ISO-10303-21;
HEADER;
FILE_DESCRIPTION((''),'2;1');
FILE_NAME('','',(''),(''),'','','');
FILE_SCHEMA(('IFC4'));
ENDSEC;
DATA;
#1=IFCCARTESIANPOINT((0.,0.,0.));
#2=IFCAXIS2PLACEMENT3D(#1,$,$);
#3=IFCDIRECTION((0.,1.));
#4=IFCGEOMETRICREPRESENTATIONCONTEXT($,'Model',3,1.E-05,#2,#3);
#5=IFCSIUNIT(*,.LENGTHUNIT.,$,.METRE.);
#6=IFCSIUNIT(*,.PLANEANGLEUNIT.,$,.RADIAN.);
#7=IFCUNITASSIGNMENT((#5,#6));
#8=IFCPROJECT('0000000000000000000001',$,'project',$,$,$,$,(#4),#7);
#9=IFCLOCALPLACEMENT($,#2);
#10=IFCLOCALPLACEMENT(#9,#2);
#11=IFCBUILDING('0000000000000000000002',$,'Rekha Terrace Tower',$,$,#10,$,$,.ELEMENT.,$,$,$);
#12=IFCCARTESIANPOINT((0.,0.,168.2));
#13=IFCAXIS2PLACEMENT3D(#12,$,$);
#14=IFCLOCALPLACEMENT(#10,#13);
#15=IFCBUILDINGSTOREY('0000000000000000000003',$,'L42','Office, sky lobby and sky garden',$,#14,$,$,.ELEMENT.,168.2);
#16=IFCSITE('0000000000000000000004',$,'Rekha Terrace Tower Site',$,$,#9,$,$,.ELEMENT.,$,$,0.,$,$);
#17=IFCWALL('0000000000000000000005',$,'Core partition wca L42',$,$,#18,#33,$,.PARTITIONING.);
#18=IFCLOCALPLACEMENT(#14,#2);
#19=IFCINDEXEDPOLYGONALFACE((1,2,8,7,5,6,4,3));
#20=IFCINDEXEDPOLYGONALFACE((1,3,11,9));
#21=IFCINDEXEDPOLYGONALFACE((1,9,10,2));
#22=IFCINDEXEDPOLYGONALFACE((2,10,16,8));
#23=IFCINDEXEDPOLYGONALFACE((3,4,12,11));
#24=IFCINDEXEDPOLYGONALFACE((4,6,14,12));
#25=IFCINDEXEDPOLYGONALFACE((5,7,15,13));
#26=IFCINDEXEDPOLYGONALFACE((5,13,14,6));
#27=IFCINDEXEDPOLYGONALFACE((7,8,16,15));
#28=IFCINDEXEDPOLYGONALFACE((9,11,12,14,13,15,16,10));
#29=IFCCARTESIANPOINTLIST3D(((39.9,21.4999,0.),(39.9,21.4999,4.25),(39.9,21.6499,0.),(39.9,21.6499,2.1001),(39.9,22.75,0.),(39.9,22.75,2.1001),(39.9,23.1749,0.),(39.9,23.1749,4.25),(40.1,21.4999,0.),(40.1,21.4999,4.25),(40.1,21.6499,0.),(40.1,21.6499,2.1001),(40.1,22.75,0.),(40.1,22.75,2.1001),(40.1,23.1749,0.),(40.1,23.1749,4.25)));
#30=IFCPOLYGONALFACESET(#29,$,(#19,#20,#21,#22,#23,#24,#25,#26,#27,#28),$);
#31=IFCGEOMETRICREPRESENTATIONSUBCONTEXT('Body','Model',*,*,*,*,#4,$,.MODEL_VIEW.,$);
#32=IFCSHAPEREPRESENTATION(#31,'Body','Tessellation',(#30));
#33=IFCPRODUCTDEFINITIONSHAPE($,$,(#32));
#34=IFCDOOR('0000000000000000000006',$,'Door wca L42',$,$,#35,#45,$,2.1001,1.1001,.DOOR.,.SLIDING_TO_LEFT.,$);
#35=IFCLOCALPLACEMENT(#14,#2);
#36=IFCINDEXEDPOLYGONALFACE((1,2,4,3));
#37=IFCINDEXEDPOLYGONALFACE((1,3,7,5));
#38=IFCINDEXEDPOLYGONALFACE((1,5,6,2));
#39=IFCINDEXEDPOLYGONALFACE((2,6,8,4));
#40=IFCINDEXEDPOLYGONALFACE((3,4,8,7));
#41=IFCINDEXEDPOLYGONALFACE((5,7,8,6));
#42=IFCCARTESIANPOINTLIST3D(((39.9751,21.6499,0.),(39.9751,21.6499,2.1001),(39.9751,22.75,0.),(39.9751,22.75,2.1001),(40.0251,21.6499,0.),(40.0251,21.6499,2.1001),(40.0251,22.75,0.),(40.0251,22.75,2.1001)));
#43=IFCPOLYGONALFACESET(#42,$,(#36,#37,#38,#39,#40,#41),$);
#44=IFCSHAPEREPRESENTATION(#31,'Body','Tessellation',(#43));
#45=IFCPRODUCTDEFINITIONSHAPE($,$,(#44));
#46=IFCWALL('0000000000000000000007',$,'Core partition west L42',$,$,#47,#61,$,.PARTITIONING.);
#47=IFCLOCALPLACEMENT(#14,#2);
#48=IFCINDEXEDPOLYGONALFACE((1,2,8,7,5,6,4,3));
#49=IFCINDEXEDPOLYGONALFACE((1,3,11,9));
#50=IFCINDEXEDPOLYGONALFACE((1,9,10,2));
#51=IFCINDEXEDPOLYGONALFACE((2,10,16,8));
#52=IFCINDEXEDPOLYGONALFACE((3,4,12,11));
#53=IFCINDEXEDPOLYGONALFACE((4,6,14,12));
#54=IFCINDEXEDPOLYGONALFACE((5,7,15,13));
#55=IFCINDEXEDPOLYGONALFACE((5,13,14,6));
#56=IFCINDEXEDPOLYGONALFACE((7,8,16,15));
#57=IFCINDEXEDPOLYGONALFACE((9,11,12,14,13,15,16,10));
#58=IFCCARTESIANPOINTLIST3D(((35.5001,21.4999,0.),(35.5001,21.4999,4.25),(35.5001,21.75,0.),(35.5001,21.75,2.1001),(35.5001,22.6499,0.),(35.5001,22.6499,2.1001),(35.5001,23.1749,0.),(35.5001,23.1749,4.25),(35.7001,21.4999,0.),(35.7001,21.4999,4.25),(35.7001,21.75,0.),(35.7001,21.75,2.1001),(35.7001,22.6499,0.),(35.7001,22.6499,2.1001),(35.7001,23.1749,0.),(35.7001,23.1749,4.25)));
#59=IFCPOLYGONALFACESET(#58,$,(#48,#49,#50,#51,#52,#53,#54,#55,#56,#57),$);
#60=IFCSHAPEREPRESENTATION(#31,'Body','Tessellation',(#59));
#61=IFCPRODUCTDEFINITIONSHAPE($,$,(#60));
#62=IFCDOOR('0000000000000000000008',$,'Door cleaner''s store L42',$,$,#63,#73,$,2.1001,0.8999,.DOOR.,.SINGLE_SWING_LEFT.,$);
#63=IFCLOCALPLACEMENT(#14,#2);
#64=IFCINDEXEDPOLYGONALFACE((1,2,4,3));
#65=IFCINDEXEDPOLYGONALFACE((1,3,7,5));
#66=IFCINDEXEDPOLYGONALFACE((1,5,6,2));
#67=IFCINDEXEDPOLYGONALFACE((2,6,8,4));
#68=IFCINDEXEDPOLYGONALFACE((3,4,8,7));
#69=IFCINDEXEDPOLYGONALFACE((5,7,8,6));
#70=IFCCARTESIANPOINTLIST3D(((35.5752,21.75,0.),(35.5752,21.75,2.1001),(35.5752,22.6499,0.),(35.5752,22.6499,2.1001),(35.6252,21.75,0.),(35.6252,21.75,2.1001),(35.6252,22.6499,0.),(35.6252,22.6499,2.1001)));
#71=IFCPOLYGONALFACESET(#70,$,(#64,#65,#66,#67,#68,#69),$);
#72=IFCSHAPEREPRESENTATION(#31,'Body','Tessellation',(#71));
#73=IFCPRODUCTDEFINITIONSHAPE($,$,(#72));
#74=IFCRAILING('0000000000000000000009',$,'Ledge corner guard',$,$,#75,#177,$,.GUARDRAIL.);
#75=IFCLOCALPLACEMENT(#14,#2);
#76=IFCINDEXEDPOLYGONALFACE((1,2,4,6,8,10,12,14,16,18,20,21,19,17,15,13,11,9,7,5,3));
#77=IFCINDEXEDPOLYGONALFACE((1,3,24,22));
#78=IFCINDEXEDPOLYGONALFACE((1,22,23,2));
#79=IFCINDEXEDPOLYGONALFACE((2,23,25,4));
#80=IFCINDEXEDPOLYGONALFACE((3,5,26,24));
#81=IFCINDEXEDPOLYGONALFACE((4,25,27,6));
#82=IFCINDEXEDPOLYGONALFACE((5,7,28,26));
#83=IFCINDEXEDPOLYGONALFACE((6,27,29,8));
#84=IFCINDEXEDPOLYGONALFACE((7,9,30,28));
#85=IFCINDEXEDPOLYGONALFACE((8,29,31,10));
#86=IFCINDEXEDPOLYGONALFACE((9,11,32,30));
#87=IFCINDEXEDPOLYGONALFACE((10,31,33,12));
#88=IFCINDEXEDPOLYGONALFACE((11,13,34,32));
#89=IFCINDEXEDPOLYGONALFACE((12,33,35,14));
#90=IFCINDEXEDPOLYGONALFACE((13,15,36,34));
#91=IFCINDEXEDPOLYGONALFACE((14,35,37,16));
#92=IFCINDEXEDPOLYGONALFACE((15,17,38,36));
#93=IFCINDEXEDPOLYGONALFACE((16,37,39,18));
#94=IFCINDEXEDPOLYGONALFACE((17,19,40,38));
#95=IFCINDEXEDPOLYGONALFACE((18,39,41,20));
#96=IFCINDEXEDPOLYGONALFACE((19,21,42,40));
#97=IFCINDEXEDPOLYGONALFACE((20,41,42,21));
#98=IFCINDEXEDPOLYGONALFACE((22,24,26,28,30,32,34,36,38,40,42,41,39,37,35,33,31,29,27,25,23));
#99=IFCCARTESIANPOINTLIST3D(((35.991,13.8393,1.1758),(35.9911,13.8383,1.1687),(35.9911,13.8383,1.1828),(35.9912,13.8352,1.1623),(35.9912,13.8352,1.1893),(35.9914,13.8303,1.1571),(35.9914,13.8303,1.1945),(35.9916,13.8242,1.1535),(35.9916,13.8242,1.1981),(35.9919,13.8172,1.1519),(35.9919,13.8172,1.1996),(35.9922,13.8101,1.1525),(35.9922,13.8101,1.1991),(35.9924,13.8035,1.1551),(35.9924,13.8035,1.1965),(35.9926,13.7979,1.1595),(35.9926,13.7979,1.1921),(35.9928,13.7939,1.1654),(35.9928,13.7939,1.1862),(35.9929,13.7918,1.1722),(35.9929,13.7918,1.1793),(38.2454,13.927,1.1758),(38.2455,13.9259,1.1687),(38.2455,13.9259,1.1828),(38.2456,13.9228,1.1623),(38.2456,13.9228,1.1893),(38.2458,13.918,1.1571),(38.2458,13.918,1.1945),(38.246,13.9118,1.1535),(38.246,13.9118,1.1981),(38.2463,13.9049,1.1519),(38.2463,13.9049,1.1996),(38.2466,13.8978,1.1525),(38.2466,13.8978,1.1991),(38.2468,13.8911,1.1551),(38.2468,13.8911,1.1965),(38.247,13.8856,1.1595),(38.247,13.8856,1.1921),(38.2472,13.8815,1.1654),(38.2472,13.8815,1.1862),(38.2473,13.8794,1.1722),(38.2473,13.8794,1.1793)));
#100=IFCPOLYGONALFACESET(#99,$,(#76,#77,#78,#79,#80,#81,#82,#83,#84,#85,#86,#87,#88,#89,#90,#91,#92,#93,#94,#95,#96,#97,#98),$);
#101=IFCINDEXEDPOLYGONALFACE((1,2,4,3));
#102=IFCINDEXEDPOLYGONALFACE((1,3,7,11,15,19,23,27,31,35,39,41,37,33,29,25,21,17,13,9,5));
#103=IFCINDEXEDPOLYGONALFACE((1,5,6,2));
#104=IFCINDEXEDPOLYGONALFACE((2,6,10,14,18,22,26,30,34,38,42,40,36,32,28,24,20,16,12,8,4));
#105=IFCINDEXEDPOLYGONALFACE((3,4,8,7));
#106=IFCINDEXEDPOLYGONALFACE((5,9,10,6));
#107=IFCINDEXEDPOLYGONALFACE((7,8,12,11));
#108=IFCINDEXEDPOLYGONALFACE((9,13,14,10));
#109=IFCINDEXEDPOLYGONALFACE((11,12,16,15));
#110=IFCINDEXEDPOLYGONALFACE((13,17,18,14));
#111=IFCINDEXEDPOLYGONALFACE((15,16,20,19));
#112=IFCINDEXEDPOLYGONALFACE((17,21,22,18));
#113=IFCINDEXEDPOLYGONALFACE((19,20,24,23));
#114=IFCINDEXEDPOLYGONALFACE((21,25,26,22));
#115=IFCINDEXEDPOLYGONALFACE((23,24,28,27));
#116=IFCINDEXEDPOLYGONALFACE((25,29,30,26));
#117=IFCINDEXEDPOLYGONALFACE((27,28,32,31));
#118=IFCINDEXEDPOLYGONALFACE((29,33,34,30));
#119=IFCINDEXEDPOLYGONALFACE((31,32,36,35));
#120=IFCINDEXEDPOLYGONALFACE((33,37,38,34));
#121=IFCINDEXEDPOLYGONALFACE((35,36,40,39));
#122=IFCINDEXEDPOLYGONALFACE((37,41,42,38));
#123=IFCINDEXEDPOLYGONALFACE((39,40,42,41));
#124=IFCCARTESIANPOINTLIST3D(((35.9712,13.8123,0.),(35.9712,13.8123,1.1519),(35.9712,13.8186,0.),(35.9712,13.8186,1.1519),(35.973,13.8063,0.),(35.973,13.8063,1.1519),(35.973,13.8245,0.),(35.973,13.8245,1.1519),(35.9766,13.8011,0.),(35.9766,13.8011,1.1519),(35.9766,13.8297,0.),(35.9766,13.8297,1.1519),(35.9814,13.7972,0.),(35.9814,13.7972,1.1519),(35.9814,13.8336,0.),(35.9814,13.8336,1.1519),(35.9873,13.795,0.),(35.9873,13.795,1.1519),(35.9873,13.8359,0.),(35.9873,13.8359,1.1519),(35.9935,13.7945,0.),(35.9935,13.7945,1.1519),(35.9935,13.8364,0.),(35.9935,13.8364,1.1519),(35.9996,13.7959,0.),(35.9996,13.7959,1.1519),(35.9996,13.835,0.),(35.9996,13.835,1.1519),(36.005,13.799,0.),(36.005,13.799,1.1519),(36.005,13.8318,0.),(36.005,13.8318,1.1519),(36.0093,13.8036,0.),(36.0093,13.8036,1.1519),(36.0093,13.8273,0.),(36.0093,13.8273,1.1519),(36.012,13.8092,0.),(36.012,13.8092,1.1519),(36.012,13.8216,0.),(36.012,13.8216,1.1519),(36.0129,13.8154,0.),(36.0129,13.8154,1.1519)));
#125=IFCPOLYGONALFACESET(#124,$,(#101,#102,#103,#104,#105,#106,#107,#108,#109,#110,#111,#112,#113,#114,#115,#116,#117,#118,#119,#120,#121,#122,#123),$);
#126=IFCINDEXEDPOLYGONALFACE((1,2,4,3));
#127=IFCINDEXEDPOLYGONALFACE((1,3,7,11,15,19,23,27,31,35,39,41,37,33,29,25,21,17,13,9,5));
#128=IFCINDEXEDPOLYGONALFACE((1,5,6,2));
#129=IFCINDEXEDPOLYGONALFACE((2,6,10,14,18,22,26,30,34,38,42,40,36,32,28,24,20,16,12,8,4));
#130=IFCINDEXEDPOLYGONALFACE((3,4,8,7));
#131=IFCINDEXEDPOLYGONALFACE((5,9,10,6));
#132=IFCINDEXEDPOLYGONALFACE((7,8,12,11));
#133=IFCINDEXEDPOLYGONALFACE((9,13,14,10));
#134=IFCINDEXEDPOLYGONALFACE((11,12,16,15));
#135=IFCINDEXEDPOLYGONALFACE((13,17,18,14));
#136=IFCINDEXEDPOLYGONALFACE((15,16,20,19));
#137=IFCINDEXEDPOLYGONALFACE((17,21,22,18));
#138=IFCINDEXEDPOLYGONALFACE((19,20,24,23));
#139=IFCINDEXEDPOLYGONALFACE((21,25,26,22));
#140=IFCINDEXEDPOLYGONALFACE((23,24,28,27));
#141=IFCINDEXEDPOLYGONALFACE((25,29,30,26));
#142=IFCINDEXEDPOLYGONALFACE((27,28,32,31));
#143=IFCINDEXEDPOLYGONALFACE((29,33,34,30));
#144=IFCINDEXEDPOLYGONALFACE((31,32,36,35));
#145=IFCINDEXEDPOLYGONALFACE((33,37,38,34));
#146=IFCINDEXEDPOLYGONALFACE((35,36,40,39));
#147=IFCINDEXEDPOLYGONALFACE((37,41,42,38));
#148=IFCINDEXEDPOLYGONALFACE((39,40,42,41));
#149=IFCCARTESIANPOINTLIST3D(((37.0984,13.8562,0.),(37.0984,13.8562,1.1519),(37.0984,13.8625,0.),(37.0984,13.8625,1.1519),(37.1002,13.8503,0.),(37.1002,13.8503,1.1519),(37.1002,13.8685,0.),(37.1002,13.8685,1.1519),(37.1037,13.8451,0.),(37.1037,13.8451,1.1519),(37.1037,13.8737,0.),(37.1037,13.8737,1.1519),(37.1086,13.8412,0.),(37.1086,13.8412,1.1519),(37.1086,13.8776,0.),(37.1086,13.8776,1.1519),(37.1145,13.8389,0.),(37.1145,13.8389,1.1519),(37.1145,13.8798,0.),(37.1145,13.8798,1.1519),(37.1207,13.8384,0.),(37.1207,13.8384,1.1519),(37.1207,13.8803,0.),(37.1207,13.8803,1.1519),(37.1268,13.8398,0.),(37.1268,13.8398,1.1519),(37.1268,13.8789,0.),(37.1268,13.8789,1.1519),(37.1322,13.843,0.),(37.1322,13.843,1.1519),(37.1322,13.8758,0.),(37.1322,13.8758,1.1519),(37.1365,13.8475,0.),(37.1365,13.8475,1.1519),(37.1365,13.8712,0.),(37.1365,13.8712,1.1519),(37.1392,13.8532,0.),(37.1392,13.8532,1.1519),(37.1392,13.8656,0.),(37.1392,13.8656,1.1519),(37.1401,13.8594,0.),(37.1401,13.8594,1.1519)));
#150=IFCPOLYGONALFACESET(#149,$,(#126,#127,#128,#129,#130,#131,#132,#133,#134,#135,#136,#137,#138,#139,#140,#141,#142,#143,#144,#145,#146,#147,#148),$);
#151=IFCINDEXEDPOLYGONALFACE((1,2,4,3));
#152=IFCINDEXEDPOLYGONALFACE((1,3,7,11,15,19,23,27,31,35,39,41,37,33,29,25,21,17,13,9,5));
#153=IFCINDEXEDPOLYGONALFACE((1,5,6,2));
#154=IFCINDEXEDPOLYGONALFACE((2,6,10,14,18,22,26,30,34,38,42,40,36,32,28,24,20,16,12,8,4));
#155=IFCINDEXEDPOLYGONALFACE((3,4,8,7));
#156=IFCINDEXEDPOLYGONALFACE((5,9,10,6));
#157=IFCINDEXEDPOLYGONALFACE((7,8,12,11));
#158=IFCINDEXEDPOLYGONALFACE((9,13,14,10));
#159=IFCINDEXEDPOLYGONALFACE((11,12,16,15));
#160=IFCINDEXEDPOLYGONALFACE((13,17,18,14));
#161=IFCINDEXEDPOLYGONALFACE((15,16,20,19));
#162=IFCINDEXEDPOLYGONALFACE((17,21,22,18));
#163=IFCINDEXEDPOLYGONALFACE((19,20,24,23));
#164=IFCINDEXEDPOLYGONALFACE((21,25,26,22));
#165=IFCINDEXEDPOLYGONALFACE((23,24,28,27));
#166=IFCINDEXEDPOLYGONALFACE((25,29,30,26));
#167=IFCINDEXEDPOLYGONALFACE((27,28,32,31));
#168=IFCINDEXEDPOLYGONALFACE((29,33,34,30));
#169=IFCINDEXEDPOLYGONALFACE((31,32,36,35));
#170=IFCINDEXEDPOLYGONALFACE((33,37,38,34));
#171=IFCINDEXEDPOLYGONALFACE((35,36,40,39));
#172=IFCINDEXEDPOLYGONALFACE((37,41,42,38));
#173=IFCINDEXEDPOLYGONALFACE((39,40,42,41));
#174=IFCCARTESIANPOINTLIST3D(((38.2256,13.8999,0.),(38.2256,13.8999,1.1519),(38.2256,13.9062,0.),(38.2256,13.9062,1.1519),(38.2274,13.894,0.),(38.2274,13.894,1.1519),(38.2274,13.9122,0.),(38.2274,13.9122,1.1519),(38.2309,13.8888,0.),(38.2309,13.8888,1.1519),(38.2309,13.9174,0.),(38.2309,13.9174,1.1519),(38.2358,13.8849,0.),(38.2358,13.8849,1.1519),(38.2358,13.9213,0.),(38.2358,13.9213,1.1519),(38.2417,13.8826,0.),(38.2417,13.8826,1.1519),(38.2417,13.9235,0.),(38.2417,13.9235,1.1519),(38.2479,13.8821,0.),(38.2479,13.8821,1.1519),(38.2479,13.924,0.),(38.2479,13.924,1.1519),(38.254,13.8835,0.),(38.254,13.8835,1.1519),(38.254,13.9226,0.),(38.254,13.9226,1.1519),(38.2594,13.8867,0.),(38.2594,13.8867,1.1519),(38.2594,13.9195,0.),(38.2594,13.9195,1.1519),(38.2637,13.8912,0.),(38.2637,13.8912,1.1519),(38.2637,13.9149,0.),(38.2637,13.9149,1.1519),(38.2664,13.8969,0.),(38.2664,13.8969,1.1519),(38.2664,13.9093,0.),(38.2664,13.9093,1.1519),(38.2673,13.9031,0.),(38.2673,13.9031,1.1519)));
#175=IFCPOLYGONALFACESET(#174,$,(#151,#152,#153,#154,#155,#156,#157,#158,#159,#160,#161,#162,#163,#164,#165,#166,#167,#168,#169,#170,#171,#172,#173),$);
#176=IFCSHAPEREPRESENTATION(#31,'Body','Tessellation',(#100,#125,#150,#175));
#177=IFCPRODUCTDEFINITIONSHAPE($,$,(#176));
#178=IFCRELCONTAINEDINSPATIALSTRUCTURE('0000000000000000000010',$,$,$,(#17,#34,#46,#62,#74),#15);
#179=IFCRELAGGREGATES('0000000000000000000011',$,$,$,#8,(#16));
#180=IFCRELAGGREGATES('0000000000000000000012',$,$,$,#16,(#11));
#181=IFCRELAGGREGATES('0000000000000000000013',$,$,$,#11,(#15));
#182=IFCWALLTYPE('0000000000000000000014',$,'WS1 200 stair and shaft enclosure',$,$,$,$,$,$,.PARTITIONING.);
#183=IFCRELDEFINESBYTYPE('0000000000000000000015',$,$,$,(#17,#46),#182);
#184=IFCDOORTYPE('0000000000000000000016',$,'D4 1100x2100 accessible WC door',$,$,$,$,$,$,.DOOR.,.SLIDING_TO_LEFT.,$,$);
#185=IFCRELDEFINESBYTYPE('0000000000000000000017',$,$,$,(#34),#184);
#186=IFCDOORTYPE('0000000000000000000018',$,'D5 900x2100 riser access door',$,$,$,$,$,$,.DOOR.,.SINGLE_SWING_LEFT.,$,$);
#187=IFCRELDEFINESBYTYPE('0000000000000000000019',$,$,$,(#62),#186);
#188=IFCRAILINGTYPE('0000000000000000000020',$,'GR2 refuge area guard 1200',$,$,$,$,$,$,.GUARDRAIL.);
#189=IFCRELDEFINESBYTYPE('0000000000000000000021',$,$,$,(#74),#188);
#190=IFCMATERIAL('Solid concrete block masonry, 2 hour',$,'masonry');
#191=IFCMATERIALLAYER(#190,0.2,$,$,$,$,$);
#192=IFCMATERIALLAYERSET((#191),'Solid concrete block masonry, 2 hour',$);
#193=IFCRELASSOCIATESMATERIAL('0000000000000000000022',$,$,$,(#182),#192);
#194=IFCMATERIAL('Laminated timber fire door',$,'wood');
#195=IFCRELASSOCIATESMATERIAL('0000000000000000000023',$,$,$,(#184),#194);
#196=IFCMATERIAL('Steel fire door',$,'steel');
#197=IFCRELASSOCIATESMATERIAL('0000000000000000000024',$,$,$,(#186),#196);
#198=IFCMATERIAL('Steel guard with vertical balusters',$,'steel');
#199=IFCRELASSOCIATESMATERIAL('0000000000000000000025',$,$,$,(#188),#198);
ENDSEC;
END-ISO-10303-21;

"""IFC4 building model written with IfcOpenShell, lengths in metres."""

from ifc_helpers import new_model, si_unit, direction, frame, frame_2d, origin, origin_2d, place, context, subcontext, project, spatial, rectangle, circle, extrude, material, layer, layer_set, type_object, element, fill, save


model = new_model("IFC4")

# Units and contexts
model_context = context("Model", 3, precision=1e-05, world=origin(), true_north=direction((0.0, 1.0)))
body_context = subcontext(model_context, "Body", "Model", "MODEL_VIEW")
ifc_project = project(units=[si_unit("LENGTHUNIT", "METRE"), si_unit("PLANEANGLEUNIT", "RADIAN")], contexts=[model_context])

# Site, building, storey
site_placement = place(None, origin())
site = spatial("IfcSite", under=ifc_project, at=site_placement, Name="Rekha Terrace Tower Site", CompositionType="ELEMENT", RefElevation=0.0)
building_placement = place(site_placement, origin())
building = spatial("IfcBuilding", under=site, at=building_placement, Name="Rekha Terrace Tower", CompositionType="ELEMENT")
storey_placement = place(building_placement, frame((0.0, 0.0, 168.2)))
storey = spatial("IfcBuildingStorey", under=building, at=storey_placement, Name="L42", Description="Office, sky lobby and sky garden", CompositionType="ELEMENT", Elevation=168.2)

# Walls, openings, doors
ifc_material_1 = material(Name="Solid concrete block masonry, 2 hour", Category="masonry")
ifc_layer_1 = layer(ifc_material_1, 0.2)
ifc_layer_set_1 = layer_set([ifc_layer_1], Name="Solid concrete block masonry, 2 hour")
wall_type_1 = type_object("IfcWallType", Name="WS1 200 stair and shaft enclosure", PredefinedType="PARTITIONING", material=ifc_layer_set_1)
wall_1_placement = place(storey_placement, frame((40.0, 21.5, 0.0), z_axis=(0.0, 0.0, 1.0), x_axis=(0.0, 1.0, 0.0)))
wall_1 = element("IfcWall", 1, at=wall_1_placement, inside=storey, type_object=wall_type_1, Name="Core partition wca L42", PredefinedType="PARTITIONING", context=body_context, shape_type="SweptSolid", body=[
    extrude(rectangle(XDim=1.675, YDim=0.2, at=frame_2d((0.8374, 0.0))), origin(), (0.0, 0.0, 1.0), 4.25),
])
opening_1_placement = place(wall_1_placement, frame((0.1499, 0.0, 0.0)))
opening_1 = element("IfcOpeningElement", 2, at=opening_1_placement, cuts=wall_1, PredefinedType="OPENING", context=body_context, shape_type="SweptSolid", body=[
    extrude(rectangle(XDim=1.1001, YDim=2.1001, at=frame_2d((0.55, 1.05))), frame((0.0, 0.1099, 0.0), z_axis=(0.0, -1.0, 0.0), x_axis=(1.0, 0.0, 0.0)), (0.0, 0.0, 1.0), 0.22),
])
ifc_material_2 = material(Name="Laminated timber fire door", Category="wood")
door_type_1 = type_object("IfcDoorType", Name="D4 1100x2100 accessible WC door", OperationType="SLIDING_TO_LEFT", PredefinedType="DOOR", material=ifc_material_2)
door_1_placement = place(opening_1_placement, origin())
door_1 = element("IfcDoor", 3, at=door_1_placement, inside=storey, type_object=door_type_1, Name="Door wca L42", OperationType="SLIDING_TO_LEFT", OverallHeight=2.1001, OverallWidth=1.1001, PredefinedType="DOOR", context=body_context, shape_type="SweptSolid", body=[
    extrude(rectangle(XDim=1.1001, YDim=2.1001, at=frame_2d((0.55, 1.05))), frame((0.0, 0.0249, 0.0), z_axis=(0.0, -1.0, 0.0), x_axis=(1.0, 0.0, 0.0)), (0.0, 0.0, 1.0), 0.05),
])
fill(opening_1, door_1)
wall_2_placement = place(storey_placement, frame((35.6001, 21.5, 0.0), z_axis=(0.0, 0.0, 1.0), x_axis=(0.0, 1.0, 0.0)))
wall_2 = element("IfcWall", 4, at=wall_2_placement, inside=storey, type_object=wall_type_1, Name="Core partition west L42", PredefinedType="PARTITIONING", context=body_context, shape_type="SweptSolid", body=[
    extrude(rectangle(XDim=1.675, YDim=0.2, at=frame_2d((0.8374, 0.0))), origin(), (0.0, 0.0, 1.0), 4.25),
])
opening_2_placement = place(wall_2_placement, frame((0.25, 0.0, 0.0)))
opening_2 = element("IfcOpeningElement", 5, at=opening_2_placement, cuts=wall_2, PredefinedType="OPENING", context=body_context, shape_type="SweptSolid", body=[
    extrude(rectangle(XDim=0.8999, YDim=2.1001, at=frame_2d((0.45, 1.05))), frame((0.0, 0.1099, 0.0), z_axis=(0.0, -1.0, 0.0), x_axis=(1.0, 0.0, 0.0)), (0.0, 0.0, 1.0), 0.22),
])
ifc_material_3 = material(Name="Steel fire door", Category="steel")
door_type_2 = type_object("IfcDoorType", Name="D5 900x2100 riser access door", OperationType="SINGLE_SWING_LEFT", PredefinedType="DOOR", material=ifc_material_3)
door_2_placement = place(opening_2_placement, origin())
door_2 = element("IfcDoor", 6, at=door_2_placement, inside=storey, type_object=door_type_2, Name="Door cleaner's store L42", OperationType="SINGLE_SWING_LEFT", OverallHeight=2.1001, OverallWidth=0.8999, PredefinedType="DOOR", context=body_context, shape_type="SweptSolid", body=[
    extrude(rectangle(XDim=0.8999, YDim=2.1001, at=frame_2d((0.45, 1.05))), frame((0.0, 0.0249, 0.0), z_axis=(0.0, -1.0, 0.0), x_axis=(1.0, 0.0, 0.0)), (0.0, 0.0, 1.0), 0.05),
])
fill(opening_2, door_2)

# Railing
ifc_material_4 = material(Name="Steel guard with vertical balusters", Category="steel")
railing_type = type_object("IfcRailingType", Name="GR2 refuge area guard 1200", PredefinedType="GUARDRAIL", material=ifc_material_4)
railing_placement = place(storey_placement, frame((35.9919, 13.8154, 0.0)))
element("IfcRailing", 7, at=railing_placement, inside=storey, type_object=railing_type, Name="Ledge corner guard", PredefinedType="GUARDRAIL", context=body_context, shape_type="SweptSolid", body=[
    extrude(circle(Radius=0.0239, at=origin_2d()), frame((0.0, 0.0, 1.1758), z_axis=(0.999245, 0.038849, 0.0), x_axis=(-0.038849, 0.999245, 0.0)), (0.0, 0.0, 1.0), 2.2561),
    extrude(circle(Radius=0.021, at=origin_2d()), origin(), (0.0, 0.0, 1.0), 1.1519),
    extrude(circle(Radius=0.021, at=origin_2d()), frame((1.1272, 0.0439, 0.0)), (0.0, 0.0, 1.0), 1.1519),
    extrude(circle(Radius=0.021, at=origin_2d()), frame((2.2544, 0.0876, 0.0)), (0.0, 0.0, 1.0), 1.1519),
])

save(model, "model.ifc")
